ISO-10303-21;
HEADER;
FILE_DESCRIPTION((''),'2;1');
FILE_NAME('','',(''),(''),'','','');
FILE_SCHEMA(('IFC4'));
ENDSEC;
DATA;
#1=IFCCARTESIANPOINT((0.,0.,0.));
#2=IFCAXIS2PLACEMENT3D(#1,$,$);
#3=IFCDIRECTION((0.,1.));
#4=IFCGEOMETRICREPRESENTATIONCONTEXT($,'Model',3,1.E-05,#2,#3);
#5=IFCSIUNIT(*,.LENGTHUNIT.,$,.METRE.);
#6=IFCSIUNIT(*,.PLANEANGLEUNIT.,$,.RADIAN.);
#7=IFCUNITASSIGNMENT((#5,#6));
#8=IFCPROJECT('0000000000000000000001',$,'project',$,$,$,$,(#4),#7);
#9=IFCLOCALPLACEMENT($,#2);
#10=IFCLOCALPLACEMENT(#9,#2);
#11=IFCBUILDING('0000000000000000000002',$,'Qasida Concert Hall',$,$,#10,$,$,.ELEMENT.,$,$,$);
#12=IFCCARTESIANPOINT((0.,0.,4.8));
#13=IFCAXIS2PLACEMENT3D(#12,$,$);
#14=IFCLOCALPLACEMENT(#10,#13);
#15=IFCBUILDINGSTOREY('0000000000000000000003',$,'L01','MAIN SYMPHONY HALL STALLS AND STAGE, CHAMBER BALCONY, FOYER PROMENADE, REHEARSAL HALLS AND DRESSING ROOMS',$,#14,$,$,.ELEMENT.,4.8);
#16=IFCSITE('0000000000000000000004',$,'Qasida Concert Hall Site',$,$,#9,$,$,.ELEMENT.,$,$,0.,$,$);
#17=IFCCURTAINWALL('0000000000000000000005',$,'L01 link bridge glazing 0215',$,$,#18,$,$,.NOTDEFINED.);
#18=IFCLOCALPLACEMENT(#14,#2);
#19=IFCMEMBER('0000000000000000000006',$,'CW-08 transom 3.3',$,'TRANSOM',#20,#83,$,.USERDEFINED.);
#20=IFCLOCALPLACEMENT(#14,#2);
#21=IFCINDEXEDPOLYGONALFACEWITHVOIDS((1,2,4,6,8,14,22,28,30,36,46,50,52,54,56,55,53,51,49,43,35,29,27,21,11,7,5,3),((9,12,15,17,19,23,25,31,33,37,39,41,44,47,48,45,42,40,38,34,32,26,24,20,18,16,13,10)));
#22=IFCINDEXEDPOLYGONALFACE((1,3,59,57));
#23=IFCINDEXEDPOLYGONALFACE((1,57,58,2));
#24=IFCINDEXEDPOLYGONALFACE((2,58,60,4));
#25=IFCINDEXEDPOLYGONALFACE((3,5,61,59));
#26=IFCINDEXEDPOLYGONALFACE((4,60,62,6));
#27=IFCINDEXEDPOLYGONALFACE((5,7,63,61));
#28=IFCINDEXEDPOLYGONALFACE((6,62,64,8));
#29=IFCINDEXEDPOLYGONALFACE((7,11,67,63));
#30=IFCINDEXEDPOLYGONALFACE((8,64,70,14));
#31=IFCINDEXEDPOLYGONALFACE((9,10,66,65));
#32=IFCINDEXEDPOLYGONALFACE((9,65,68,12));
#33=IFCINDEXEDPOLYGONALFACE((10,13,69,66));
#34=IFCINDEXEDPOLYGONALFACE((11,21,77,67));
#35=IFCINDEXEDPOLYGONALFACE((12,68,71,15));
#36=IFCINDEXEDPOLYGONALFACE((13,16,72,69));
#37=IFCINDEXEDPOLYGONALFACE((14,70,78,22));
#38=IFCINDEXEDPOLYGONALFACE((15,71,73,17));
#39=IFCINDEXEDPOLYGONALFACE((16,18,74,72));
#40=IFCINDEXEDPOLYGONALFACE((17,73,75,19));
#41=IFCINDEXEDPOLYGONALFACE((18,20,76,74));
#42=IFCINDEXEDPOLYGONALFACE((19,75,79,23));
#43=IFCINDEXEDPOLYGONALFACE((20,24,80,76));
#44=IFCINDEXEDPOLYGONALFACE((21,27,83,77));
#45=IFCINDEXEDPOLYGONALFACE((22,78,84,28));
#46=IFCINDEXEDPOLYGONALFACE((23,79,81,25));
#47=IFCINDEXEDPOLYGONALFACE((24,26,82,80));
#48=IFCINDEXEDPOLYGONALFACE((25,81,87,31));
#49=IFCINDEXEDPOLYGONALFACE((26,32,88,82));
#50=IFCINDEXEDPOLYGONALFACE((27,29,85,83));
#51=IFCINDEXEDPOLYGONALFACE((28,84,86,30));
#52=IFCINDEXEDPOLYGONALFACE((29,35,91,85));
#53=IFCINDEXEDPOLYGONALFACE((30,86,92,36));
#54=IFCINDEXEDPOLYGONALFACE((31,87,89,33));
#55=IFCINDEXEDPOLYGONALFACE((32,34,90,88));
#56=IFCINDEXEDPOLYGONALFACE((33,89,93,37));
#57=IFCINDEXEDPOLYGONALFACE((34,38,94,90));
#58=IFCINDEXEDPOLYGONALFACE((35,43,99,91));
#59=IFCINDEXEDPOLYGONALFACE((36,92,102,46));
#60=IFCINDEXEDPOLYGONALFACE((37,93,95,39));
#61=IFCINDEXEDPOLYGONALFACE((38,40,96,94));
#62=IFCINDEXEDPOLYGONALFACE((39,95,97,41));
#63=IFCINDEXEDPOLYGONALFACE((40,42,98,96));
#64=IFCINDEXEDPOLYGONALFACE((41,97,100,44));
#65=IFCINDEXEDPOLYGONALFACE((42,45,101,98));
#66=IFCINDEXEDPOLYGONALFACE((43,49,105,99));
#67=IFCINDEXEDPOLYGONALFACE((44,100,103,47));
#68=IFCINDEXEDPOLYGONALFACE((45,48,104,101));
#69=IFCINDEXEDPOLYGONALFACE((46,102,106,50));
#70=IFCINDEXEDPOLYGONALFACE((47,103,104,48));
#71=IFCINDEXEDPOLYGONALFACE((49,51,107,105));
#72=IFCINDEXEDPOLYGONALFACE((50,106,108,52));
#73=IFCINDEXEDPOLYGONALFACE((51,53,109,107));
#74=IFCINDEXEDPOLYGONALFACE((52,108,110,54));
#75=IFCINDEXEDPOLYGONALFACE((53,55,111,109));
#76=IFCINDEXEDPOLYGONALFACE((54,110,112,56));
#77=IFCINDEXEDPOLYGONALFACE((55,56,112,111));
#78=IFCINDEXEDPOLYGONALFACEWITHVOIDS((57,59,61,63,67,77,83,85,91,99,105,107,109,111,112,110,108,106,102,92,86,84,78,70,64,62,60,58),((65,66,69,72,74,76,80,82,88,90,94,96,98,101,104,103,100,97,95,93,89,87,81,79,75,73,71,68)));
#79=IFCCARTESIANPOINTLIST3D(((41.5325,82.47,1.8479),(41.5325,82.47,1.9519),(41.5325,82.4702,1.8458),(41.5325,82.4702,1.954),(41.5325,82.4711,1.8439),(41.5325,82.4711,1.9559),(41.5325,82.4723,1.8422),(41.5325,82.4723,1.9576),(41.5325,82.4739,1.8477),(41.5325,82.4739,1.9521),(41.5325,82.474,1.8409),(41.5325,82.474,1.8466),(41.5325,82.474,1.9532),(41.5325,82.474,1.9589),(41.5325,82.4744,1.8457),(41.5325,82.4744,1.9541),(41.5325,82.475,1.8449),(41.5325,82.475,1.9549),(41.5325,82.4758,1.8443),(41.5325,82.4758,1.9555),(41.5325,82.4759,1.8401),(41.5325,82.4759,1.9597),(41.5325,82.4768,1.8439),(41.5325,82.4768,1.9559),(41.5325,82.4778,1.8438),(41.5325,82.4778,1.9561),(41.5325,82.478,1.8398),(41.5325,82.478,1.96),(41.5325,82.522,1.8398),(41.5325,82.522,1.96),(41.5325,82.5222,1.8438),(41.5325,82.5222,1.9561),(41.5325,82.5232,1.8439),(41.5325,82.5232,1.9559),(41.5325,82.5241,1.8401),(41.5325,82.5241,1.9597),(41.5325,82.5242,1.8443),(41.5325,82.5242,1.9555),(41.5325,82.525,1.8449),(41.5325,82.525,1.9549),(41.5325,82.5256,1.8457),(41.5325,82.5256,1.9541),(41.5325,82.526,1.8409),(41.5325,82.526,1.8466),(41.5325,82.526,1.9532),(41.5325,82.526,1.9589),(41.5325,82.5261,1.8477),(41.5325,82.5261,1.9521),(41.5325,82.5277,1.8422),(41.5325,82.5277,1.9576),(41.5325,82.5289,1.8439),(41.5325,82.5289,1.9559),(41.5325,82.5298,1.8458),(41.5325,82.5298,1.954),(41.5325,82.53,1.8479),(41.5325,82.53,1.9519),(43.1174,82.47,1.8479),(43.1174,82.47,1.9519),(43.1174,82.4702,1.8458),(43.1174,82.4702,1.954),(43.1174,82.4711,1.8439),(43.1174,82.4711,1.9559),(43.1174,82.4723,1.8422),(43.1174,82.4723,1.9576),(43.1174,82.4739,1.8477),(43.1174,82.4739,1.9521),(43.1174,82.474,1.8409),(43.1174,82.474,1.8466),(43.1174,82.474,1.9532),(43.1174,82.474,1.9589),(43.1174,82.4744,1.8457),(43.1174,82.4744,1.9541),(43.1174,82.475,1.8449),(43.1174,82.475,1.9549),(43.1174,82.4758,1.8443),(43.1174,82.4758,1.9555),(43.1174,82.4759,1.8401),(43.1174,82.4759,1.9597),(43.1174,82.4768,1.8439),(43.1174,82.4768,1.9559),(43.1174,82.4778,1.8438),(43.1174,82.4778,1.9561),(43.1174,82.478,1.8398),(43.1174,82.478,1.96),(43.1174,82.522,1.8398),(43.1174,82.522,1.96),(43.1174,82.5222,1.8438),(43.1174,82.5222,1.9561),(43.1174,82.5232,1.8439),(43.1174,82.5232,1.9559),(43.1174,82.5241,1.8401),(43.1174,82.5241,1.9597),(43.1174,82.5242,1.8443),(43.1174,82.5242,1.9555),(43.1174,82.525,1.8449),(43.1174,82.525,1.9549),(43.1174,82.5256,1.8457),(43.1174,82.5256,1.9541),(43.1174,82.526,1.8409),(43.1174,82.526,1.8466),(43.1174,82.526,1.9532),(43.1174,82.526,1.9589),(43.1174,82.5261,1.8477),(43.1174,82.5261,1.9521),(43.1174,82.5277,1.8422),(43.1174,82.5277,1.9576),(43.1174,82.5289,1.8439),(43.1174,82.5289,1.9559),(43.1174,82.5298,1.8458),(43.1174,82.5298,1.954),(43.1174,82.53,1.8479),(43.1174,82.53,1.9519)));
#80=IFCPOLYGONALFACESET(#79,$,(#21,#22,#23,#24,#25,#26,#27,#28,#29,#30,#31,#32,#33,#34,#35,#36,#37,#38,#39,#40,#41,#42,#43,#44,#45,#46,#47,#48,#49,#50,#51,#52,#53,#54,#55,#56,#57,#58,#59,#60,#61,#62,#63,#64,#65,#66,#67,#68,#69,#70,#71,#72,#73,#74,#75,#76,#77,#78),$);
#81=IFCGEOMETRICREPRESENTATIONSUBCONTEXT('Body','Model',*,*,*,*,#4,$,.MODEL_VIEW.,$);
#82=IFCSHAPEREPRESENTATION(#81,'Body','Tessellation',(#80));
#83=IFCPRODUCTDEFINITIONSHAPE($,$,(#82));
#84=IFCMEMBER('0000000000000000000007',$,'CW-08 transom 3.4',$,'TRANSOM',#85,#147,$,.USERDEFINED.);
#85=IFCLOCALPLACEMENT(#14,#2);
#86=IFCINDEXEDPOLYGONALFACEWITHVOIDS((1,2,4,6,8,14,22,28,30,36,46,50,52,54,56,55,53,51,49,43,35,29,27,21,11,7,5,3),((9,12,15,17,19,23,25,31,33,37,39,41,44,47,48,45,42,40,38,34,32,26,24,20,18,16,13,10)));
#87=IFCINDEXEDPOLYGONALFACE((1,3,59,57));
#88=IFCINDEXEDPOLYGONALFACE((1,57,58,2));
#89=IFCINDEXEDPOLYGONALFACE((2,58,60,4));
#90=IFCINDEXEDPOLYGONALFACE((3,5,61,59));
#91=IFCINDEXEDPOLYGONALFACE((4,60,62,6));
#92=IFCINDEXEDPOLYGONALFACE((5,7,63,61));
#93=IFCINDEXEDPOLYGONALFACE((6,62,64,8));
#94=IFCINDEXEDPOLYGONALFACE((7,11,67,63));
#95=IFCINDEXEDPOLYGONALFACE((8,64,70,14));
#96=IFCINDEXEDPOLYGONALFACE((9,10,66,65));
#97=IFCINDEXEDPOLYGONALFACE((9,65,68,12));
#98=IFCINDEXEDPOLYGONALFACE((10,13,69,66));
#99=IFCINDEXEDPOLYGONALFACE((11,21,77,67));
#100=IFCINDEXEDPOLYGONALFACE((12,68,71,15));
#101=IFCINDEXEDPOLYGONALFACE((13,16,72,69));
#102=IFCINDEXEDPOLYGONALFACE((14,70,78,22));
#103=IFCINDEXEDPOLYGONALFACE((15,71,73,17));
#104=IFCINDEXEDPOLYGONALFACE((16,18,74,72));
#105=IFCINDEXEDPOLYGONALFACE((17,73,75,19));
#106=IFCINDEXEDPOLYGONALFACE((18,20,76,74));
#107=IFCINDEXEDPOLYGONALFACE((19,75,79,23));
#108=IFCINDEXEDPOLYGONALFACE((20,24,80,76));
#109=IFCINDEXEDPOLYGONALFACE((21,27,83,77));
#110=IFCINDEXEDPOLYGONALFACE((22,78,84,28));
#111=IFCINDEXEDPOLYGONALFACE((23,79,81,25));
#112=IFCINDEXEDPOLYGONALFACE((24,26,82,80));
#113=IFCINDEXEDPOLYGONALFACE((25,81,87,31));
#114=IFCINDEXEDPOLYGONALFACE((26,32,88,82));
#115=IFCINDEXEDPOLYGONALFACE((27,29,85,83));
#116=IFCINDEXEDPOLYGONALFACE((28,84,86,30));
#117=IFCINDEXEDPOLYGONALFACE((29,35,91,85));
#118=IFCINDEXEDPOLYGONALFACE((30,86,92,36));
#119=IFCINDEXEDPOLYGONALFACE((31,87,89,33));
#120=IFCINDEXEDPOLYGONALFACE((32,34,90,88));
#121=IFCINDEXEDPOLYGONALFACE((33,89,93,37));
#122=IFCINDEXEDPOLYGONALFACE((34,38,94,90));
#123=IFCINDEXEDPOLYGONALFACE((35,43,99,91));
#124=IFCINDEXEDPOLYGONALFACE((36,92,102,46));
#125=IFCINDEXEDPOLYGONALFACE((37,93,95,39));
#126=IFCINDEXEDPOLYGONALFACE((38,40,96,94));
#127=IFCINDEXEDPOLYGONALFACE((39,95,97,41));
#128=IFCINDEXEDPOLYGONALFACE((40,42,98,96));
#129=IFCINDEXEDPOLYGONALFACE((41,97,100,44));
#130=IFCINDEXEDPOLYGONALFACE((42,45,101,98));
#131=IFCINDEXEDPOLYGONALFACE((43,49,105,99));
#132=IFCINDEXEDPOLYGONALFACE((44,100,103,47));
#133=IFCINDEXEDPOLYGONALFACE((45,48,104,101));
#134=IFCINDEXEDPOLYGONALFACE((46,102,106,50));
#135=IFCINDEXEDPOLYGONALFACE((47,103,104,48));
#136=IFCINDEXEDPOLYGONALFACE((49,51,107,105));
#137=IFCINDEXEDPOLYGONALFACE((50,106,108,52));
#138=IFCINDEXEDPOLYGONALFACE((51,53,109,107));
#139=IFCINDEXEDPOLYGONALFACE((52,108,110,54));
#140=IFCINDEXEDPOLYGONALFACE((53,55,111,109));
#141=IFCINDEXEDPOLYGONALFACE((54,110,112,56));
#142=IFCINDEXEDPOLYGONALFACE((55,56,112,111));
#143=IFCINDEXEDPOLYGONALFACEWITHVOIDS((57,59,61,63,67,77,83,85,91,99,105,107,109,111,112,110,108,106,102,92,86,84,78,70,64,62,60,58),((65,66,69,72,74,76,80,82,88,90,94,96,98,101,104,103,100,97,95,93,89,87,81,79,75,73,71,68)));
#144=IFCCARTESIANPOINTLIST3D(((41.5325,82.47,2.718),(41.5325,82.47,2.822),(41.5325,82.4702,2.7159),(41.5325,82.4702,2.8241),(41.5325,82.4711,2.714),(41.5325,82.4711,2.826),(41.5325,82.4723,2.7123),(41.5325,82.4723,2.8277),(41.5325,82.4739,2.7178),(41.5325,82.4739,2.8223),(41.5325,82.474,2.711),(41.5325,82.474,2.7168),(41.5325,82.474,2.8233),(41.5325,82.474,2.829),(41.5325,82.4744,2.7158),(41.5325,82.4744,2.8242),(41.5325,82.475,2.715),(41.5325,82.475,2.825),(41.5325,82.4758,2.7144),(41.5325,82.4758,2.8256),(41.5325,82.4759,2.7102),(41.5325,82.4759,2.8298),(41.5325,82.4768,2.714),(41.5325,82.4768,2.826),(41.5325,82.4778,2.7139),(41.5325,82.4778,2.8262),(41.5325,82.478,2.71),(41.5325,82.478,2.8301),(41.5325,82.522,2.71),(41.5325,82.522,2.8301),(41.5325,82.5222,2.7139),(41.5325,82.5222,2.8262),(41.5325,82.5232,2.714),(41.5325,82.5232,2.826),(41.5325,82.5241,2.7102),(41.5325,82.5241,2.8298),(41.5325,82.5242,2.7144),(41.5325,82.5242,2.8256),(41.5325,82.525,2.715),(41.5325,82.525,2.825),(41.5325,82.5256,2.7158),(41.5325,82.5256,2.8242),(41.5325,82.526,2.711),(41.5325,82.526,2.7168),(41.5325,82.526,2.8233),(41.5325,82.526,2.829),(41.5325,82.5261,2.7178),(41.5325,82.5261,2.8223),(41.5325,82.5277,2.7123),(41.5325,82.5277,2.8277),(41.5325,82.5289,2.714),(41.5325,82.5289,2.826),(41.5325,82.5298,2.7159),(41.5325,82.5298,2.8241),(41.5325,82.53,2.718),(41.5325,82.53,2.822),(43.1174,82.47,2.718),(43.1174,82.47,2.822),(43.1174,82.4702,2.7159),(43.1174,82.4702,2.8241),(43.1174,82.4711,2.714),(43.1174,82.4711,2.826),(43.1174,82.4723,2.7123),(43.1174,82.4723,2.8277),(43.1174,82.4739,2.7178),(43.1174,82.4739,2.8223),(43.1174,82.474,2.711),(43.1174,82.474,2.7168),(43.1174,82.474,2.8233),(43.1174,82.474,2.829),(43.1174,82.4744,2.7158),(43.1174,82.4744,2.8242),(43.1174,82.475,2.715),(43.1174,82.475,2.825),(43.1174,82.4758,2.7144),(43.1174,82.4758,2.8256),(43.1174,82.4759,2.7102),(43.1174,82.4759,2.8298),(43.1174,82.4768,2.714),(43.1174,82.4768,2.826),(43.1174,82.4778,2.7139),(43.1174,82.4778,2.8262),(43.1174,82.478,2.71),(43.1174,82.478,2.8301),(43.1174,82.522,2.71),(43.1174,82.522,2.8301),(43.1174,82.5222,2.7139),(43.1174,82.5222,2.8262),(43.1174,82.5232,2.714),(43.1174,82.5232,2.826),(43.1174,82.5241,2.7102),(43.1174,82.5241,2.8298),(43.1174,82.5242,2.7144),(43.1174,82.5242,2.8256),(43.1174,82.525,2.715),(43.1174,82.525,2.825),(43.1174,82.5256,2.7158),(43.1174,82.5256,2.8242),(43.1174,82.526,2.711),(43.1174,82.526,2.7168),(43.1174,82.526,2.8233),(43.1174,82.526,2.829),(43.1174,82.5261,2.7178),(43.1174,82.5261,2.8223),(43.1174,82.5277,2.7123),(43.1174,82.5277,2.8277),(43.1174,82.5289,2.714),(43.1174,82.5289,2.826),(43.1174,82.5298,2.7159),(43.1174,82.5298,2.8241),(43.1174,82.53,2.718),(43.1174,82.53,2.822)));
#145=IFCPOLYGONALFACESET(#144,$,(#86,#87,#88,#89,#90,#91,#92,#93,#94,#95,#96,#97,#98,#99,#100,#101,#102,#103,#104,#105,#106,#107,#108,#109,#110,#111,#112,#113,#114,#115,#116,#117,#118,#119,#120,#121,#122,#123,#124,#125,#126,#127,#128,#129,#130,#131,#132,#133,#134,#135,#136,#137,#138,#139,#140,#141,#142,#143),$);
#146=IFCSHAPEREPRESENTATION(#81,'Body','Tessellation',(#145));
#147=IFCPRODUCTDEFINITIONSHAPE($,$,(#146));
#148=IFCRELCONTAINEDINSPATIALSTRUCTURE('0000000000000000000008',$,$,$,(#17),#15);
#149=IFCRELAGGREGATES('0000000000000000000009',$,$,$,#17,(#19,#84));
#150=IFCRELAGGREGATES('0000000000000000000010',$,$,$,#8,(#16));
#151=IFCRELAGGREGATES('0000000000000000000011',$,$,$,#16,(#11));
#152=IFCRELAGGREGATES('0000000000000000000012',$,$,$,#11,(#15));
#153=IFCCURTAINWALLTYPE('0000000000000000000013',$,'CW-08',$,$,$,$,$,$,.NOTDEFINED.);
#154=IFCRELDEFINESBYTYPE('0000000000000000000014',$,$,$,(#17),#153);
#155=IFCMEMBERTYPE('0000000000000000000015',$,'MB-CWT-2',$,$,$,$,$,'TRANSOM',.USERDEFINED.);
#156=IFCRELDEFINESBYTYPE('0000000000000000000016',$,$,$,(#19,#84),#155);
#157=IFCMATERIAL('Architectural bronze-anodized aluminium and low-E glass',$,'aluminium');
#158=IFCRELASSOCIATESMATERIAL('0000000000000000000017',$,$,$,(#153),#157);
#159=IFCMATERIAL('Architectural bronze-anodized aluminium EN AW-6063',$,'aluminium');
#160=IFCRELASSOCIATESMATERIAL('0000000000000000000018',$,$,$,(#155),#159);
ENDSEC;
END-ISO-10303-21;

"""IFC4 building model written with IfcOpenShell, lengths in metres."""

from ifc_helpers import new_model, si_unit, direction, frame, origin, origin_2d, place, context, subcontext, project, spatial, hollow_rectangle, extrude, material, material_profile, profile_set, type_object, element, aggregate, save


model = new_model("IFC4")

# Units and contexts
model_context = context("Model", 3, precision=1e-05, world=origin(), true_north=direction((0.0, 1.0)))
body_context = subcontext(model_context, "Body", "Model", "MODEL_VIEW")
ifc_project = project(units=[si_unit("LENGTHUNIT", "METRE"), si_unit("PLANEANGLEUNIT", "RADIAN")], contexts=[model_context])

# Site, building, storey
site_placement = place(None, origin())
site = spatial("IfcSite", under=ifc_project, at=site_placement, Name="Qasida Concert Hall Site", CompositionType="ELEMENT", RefElevation=0.0)
building_placement = place(site_placement, origin())
building = spatial("IfcBuilding", under=site, at=building_placement, Name="Qasida Concert Hall", CompositionType="ELEMENT")
storey_placement = place(building_placement, frame((0.0, 0.0, 4.8)))
storey = spatial("IfcBuildingStorey", under=building, at=storey_placement, Name="L01", Description="MAIN SYMPHONY HALL STALLS AND STAGE, CHAMBER BALCONY, FOYER PROMENADE, REHEARSAL HALLS AND DRESSING ROOMS", CompositionType="ELEMENT", Elevation=4.8)

# Curtain wall
ifc_material_1 = material(Name="Architectural bronze-anodized aluminium and low-E glass", Category="aluminium")
curtain_wall_type = type_object("IfcCurtainWallType", Name="CW-08", PredefinedType="NOTDEFINED", material=ifc_material_1)
curtain_wall_1_placement = place(storey_placement, origin())
curtain_wall_1 = element("IfcCurtainWall", 1, at=curtain_wall_1_placement, inside=storey, type_object=curtain_wall_type, Name="L01 link bridge glazing 0215", PredefinedType="NOTDEFINED")
ifc_material_2 = material(Name="Architectural bronze-anodized aluminium EN AW-6063", Category="aluminium")

# Members
ifc_material_profile_1 = material_profile(ifc_material_2, hollow_rectangle(XDim=0.0601, YDim=0.1201, WallThickness=0.0039, InnerFilletRadius=0.0039, OuterFilletRadius=0.0081, at=origin_2d()), Name="CWT 120x60x4")
ifc_profile_set_1 = profile_set([ifc_material_profile_1], Name="Architectural bronze-anodized aluminium EN AW-6063")
member_type_1 = type_object("IfcMemberType", Name="MB-CWT-2", ElementType="TRANSOM", PredefinedType="USERDEFINED", material=ifc_profile_set_1)
member_1_placement = place(storey_placement, frame((41.5325, 82.5, 1.8999), z_axis=(1.0, 0.0, 0.0), x_axis=(0.0, 1.0, 0.0)))
member_1 = element("IfcMember", 2, at=member_1_placement, type_object=member_type_1, Name="CW-08 transom 3.3", ObjectType="TRANSOM", PredefinedType="USERDEFINED", context=body_context, shape_type="SweptSolid", body=[
    extrude(hollow_rectangle(XDim=0.0601, YDim=0.1201, WallThickness=0.0039, InnerFilletRadius=0.0039, OuterFilletRadius=0.0081, at=origin_2d()), origin(), (0.0, 0.0, 1.0), 1.585),
])
member_2_placement = place(storey_placement, frame((41.5325, 82.5, 2.77), z_axis=(1.0, 0.0, 0.0), x_axis=(0.0, 1.0, 0.0)))
member_2 = element("IfcMember", 3, at=member_2_placement, type_object=member_type_1, Name="CW-08 transom 3.4", ObjectType="TRANSOM", PredefinedType="USERDEFINED", context=body_context, shape_type="SweptSolid", body=[
    extrude(hollow_rectangle(XDim=0.0601, YDim=0.1201, WallThickness=0.0039, InnerFilletRadius=0.0039, OuterFilletRadius=0.0081, at=origin_2d()), origin(), (0.0, 0.0, 1.0), 1.585),
])

aggregate(curtain_wall_1, [member_1, member_2])

save(model, "model.ifc")
